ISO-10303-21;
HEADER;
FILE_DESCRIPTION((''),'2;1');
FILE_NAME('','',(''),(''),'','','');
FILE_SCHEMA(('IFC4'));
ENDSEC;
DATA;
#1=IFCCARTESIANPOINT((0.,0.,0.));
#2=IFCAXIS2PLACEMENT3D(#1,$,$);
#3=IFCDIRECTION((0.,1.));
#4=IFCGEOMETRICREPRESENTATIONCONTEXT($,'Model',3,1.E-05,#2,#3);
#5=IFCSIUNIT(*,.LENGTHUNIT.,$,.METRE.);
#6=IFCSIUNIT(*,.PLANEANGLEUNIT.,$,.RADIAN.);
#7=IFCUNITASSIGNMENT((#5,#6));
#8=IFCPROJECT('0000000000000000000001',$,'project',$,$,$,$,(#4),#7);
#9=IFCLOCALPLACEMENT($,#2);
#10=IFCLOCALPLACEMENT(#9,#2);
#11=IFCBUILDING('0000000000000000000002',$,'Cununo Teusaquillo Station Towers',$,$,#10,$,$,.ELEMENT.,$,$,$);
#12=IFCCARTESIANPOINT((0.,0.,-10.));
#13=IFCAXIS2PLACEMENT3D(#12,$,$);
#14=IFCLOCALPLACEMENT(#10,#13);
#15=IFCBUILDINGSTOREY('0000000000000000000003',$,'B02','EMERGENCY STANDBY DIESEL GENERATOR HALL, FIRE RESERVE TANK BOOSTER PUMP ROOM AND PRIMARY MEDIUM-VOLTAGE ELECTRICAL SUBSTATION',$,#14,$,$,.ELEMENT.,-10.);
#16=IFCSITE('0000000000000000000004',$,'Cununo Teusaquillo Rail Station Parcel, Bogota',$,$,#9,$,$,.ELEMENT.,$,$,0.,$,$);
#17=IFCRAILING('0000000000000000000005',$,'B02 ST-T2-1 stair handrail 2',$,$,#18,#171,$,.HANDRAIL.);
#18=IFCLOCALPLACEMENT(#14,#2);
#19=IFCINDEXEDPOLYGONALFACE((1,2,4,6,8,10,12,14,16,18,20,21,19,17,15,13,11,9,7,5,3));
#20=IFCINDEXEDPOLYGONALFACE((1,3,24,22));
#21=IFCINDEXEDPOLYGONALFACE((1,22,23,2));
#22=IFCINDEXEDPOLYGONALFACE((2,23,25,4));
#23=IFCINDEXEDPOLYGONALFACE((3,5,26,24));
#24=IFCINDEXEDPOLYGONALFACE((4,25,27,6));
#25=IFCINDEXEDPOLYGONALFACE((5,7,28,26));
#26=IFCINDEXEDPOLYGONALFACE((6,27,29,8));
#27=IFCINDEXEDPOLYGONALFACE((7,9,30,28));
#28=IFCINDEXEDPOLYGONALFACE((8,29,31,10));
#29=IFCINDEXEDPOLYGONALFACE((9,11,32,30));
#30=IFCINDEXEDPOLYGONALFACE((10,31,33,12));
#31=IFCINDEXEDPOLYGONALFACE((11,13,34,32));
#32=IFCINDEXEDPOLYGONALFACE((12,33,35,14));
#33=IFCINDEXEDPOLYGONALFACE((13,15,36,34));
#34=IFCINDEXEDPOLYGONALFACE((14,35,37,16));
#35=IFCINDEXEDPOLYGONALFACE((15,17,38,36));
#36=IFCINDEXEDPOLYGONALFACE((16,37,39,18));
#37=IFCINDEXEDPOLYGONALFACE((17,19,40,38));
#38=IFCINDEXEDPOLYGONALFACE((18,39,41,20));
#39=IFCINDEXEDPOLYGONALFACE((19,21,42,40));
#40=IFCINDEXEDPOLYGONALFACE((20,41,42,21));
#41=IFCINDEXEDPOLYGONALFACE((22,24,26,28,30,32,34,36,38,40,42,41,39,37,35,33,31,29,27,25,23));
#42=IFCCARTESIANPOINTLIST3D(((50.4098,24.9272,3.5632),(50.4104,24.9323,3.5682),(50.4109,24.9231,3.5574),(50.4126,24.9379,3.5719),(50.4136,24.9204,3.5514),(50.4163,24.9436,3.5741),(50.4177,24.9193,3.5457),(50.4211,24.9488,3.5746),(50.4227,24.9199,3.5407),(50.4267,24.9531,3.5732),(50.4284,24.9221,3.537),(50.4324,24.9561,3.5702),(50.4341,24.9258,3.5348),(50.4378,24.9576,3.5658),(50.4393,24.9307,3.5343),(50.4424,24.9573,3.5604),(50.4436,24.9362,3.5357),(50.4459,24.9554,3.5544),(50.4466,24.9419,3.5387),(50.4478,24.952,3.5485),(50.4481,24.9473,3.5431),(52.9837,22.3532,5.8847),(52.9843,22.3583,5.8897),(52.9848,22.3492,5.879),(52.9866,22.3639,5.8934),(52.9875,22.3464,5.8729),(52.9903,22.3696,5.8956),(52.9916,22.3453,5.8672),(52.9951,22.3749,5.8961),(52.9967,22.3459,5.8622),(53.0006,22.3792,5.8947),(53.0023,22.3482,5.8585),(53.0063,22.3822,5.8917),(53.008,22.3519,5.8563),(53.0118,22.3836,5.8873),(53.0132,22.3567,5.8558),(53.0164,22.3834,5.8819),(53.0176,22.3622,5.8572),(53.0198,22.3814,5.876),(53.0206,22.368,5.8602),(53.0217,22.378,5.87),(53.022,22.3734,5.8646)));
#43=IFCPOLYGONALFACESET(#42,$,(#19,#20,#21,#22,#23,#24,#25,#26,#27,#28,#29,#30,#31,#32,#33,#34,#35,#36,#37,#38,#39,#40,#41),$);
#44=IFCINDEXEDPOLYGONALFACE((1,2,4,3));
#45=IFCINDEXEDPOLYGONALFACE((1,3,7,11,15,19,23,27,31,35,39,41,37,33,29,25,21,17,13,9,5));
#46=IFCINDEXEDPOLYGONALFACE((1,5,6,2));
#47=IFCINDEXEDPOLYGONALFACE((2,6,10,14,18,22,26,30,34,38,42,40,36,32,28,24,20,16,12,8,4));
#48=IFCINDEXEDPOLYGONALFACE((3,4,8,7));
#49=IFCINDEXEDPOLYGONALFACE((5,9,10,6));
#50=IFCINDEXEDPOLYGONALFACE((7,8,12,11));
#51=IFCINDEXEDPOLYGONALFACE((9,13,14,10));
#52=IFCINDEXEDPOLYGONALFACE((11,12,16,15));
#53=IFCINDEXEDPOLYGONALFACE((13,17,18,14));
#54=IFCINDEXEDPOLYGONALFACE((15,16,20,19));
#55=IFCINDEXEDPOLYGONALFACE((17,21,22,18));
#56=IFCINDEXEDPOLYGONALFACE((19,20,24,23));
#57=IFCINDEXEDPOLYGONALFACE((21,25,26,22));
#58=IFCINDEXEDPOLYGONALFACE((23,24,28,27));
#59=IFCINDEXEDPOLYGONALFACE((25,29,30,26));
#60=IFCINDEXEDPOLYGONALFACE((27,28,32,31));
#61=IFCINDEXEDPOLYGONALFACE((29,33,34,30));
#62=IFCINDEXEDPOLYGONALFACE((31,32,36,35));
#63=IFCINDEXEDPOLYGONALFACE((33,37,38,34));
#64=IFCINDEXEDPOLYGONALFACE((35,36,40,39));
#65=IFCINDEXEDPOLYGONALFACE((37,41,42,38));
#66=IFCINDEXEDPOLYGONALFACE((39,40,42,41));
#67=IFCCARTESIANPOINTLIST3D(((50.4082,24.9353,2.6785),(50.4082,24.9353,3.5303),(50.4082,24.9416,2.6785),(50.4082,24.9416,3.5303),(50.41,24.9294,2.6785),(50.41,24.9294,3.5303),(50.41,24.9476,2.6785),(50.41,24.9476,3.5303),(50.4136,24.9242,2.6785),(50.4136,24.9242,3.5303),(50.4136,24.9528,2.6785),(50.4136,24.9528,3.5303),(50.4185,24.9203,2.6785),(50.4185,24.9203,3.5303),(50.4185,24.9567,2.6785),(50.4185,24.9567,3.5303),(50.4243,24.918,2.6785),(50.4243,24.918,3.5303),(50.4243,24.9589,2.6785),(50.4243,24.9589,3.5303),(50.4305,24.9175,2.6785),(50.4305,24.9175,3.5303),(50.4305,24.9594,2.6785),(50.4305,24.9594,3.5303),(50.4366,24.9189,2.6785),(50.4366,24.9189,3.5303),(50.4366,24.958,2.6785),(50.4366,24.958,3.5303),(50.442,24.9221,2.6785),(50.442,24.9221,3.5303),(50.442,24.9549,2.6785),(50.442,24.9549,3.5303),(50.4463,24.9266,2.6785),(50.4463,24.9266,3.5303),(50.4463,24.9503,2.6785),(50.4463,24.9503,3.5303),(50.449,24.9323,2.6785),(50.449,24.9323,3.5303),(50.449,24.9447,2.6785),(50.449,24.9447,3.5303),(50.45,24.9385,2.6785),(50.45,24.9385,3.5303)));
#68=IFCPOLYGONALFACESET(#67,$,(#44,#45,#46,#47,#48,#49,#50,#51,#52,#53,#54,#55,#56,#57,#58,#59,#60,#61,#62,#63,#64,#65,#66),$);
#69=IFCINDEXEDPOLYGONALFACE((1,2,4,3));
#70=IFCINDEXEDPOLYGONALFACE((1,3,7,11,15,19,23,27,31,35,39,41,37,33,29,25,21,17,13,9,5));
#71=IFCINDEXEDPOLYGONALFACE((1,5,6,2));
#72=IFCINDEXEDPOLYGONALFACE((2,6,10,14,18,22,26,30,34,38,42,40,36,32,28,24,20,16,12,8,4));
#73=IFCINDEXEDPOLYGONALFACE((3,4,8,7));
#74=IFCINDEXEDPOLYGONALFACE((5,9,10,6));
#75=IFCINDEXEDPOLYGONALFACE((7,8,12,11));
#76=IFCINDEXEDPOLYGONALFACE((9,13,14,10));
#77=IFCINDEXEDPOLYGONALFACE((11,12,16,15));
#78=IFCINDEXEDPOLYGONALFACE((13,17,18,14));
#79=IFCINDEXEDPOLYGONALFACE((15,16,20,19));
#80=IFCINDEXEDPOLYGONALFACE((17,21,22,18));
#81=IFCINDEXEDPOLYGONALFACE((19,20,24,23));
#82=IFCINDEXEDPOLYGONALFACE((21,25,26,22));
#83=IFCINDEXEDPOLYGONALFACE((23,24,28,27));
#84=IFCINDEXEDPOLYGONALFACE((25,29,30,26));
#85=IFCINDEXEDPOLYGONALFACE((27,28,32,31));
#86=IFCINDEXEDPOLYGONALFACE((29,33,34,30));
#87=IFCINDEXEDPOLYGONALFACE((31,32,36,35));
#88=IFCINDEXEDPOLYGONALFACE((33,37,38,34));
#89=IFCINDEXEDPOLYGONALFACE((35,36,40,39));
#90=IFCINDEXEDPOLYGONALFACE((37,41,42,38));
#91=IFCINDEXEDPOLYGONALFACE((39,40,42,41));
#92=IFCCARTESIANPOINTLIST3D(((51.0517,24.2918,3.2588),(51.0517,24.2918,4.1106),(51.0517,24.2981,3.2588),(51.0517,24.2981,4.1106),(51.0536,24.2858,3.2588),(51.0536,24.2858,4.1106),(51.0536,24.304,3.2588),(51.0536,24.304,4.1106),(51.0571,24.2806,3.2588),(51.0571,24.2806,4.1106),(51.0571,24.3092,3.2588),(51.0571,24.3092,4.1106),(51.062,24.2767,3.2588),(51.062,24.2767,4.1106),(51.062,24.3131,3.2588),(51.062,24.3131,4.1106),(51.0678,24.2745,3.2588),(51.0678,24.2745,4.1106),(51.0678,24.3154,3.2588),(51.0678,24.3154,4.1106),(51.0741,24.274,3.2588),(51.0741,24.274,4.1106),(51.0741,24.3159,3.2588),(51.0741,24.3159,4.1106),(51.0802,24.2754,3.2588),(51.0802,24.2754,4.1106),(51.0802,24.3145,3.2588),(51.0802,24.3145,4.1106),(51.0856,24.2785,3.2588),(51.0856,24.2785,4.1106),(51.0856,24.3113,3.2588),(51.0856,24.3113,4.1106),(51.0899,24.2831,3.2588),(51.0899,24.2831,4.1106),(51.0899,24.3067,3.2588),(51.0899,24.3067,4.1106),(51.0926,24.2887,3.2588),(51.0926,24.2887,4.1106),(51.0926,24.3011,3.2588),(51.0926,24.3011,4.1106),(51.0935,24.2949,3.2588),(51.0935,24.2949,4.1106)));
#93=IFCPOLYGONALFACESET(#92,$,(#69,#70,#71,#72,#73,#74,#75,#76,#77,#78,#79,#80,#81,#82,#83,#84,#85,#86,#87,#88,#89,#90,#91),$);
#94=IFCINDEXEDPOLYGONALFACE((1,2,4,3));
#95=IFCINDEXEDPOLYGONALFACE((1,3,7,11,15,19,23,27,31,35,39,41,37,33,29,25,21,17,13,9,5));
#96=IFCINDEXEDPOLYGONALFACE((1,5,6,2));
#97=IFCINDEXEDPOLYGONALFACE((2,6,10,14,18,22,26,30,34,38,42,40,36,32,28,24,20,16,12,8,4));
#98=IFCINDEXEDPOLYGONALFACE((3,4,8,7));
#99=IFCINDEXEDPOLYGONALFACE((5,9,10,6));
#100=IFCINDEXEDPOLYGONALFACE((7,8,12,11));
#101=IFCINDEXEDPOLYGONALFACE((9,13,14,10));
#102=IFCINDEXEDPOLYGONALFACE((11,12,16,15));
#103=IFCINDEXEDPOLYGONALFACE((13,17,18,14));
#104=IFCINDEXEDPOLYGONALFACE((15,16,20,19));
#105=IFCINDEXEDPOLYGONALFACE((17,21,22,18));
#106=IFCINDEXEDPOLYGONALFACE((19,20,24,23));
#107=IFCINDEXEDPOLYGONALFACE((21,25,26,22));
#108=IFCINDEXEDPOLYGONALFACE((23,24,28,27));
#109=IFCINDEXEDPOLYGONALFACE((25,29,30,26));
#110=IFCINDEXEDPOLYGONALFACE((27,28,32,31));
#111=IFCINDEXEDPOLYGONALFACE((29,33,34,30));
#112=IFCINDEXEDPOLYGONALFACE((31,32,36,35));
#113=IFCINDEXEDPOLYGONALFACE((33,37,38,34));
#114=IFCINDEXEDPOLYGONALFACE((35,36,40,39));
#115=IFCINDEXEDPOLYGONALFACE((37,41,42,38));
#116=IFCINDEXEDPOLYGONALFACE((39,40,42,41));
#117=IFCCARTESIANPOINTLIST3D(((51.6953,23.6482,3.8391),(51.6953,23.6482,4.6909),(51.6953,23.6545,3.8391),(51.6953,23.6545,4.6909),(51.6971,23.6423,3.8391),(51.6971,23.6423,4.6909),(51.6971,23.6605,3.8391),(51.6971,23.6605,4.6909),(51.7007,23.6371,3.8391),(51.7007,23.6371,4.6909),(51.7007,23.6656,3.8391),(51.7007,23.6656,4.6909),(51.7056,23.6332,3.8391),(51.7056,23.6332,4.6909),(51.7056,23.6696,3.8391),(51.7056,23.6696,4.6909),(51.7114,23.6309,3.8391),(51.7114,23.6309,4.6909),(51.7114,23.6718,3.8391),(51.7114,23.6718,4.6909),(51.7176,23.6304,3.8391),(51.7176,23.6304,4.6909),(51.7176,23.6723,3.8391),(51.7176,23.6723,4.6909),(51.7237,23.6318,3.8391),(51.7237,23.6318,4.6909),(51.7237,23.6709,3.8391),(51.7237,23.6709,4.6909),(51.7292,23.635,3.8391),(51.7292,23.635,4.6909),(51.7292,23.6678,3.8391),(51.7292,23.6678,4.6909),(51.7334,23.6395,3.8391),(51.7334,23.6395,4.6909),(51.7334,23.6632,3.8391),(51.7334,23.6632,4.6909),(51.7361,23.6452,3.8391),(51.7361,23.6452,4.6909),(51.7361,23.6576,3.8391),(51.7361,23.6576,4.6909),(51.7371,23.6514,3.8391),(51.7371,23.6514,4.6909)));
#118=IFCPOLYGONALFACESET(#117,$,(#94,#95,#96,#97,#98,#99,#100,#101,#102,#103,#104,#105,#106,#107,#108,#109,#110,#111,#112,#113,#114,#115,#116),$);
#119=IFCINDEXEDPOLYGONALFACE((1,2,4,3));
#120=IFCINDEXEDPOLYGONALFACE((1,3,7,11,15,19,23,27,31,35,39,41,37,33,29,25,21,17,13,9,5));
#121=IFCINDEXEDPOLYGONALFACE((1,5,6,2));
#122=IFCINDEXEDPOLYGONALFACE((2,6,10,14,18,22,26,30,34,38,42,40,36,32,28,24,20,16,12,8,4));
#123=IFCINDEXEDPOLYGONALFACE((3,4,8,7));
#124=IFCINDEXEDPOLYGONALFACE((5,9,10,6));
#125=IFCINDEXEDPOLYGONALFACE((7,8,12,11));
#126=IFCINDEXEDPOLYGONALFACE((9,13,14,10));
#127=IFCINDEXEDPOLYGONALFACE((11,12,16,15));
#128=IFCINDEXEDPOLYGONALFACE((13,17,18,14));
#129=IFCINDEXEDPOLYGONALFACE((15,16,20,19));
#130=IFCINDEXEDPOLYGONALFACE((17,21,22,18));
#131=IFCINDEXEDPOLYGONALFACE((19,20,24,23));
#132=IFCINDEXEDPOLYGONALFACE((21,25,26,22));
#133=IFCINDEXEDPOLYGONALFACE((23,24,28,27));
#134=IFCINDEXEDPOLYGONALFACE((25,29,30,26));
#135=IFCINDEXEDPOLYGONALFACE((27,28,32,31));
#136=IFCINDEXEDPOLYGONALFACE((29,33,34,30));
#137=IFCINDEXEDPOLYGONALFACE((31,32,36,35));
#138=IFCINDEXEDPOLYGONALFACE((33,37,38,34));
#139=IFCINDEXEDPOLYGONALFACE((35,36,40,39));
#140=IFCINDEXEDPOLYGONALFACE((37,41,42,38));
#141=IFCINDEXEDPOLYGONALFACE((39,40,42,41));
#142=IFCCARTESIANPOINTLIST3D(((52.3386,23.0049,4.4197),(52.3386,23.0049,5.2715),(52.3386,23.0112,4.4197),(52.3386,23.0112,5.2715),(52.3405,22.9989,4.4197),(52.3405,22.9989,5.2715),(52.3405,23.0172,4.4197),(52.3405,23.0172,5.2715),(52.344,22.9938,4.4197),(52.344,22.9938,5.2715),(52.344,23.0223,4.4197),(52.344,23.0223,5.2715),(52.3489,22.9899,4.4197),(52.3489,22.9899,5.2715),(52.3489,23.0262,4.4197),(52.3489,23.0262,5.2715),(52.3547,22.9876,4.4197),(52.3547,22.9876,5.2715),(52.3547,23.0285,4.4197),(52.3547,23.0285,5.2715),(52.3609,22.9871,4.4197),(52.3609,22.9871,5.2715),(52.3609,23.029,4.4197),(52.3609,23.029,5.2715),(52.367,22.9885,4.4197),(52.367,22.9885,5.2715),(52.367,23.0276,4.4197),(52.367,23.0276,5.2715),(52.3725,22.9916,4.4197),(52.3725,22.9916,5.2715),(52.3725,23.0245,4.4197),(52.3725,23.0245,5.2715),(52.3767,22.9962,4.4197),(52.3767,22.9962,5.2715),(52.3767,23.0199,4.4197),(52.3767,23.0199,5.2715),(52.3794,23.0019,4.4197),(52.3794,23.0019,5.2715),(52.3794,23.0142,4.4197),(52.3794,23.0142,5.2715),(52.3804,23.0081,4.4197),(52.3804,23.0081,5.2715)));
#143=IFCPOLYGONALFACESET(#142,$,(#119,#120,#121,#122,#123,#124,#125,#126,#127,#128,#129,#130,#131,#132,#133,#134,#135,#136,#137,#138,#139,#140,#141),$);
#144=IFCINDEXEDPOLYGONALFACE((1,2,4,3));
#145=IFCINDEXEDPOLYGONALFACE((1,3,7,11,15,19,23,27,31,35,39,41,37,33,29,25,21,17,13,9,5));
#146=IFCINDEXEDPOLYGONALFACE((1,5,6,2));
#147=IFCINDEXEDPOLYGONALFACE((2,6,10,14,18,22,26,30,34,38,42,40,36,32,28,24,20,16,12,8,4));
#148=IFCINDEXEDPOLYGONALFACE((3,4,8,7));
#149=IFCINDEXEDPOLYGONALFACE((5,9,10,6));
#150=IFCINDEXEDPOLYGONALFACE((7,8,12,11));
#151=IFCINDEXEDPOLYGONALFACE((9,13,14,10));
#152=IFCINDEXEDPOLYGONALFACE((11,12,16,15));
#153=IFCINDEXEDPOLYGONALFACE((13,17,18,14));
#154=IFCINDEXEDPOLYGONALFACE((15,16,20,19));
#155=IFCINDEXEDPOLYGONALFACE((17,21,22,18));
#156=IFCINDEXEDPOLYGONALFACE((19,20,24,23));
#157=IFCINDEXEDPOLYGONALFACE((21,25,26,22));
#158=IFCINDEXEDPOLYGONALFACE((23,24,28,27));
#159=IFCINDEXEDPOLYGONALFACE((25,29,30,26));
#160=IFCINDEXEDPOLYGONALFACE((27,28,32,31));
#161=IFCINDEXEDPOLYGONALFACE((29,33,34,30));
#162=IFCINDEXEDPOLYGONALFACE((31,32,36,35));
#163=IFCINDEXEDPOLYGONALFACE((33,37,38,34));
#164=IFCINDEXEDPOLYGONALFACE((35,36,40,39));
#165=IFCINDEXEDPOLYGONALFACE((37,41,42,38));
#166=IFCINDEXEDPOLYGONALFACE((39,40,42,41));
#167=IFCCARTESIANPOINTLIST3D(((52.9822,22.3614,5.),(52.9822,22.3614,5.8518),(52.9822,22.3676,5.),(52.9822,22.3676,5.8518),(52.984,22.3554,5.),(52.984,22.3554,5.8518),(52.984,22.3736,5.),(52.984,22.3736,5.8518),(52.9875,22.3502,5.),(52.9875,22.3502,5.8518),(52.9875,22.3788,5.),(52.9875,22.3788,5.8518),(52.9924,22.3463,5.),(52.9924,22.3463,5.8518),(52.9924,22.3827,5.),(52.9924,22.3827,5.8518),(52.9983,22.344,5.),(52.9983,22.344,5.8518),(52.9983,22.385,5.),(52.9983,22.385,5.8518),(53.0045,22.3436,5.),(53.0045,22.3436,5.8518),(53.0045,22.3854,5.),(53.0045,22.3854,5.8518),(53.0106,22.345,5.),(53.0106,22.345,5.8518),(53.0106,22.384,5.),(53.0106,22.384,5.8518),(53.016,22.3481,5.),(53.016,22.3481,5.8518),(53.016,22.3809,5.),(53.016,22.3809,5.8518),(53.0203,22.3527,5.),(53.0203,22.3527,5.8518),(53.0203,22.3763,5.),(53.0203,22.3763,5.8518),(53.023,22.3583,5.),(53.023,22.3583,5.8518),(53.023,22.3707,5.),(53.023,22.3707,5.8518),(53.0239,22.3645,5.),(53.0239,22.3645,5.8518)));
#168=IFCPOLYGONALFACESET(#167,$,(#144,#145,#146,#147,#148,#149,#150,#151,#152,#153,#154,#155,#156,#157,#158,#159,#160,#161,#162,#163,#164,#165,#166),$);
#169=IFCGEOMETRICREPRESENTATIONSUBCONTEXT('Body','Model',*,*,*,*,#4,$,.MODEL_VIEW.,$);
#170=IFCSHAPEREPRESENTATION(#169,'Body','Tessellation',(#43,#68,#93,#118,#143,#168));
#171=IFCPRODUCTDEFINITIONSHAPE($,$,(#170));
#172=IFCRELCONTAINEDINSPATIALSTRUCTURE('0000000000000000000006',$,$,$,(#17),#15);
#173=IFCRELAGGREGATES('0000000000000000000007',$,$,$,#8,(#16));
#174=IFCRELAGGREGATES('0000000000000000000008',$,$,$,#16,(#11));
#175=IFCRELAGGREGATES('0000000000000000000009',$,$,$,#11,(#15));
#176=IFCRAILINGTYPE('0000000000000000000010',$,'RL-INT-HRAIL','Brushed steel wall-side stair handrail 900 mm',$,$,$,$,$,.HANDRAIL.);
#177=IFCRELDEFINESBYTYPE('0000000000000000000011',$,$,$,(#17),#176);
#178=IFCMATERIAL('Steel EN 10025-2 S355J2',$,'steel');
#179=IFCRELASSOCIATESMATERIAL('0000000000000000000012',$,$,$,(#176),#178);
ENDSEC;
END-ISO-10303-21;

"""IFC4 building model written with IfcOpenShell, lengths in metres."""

from ifc_helpers import new_model, si_unit, direction, frame, origin, origin_2d, place, context, subcontext, project, spatial, circle, extrude, material, type_object, element, save


model = new_model("IFC4")

# Units and contexts
model_context = context("Model", 3, precision=1e-05, world=origin(), true_north=direction((0.0, 1.0)))
body_context = subcontext(model_context, "Body", "Model", "MODEL_VIEW")
ifc_project = project(units=[si_unit("LENGTHUNIT", "METRE"), si_unit("PLANEANGLEUNIT", "RADIAN")], contexts=[model_context])

# Site, building, storey
site_placement = place(None, origin())
site = spatial("IfcSite", under=ifc_project, at=site_placement, Name="Cununo Teusaquillo Rail Station Parcel, Bogota", CompositionType="ELEMENT", RefElevation=0.0)
building_placement = place(site_placement, origin())
building = spatial("IfcBuilding", under=site, at=building_placement, Name="Cununo Teusaquillo Station Towers", CompositionType="ELEMENT")
storey_placement = place(building_placement, frame((0.0, 0.0, -10.0)))
storey = spatial("IfcBuildingStorey", under=building, at=storey_placement, Name="B02", Description="EMERGENCY STANDBY DIESEL GENERATOR HALL, FIRE RESERVE TANK BOOSTER PUMP ROOM AND PRIMARY MEDIUM-VOLTAGE ELECTRICAL SUBSTATION", CompositionType="ELEMENT", Elevation=-10.0)

# Railing
ifc_material_1 = material(Name="Steel EN 10025-2 S355J2", Category="steel")
railing_type_1 = type_object("IfcRailingType", Name="RL-INT-HRAIL", Description="Brushed steel wall-side stair handrail 900 mm", PredefinedType="HANDRAIL", material=ifc_material_1)
railing_1_placement = place(storey_placement, frame((50.429, 24.9385, 2.6785)))
element("IfcRailing", 1, at=railing_1_placement, inside=storey, type_object=railing_type_1, Name="B02 ST-T2-1 stair handrail 2", PredefinedType="HANDRAIL", context=body_context, shape_type="SweptSolid", body=[
    extrude(circle(Radius=0.0239, at=origin_2d()), frame((0.0, 0.0, 0.876), z_axis=(0.596182, -0.596182, 0.537712), x_axis=(0.707107, 0.707107, 0.0)), (0.0, 0.0, 1.0), 4.3174),
    extrude(circle(Radius=0.021, at=origin_2d()), origin(), (0.0, 0.0, 1.0), 0.8518),
    extrude(circle(Radius=0.021, at=origin_2d()), frame((0.6436, -0.6436, 0.5803)), (0.0, 0.0, 1.0), 0.8518),
    extrude(circle(Radius=0.021, at=origin_2d()), frame((1.2871, -1.2871, 1.1606)), (0.0, 0.0, 1.0), 0.8518),
    extrude(circle(Radius=0.021, at=origin_2d()), frame((1.9304, -1.9304, 1.7412)), (0.0, 0.0, 1.0), 0.8518),
    extrude(circle(Radius=0.021, at=origin_2d()), frame((2.574, -2.574, 2.3215)), (0.0, 0.0, 1.0), 0.8518),
])

save(model, "model.ifc")
